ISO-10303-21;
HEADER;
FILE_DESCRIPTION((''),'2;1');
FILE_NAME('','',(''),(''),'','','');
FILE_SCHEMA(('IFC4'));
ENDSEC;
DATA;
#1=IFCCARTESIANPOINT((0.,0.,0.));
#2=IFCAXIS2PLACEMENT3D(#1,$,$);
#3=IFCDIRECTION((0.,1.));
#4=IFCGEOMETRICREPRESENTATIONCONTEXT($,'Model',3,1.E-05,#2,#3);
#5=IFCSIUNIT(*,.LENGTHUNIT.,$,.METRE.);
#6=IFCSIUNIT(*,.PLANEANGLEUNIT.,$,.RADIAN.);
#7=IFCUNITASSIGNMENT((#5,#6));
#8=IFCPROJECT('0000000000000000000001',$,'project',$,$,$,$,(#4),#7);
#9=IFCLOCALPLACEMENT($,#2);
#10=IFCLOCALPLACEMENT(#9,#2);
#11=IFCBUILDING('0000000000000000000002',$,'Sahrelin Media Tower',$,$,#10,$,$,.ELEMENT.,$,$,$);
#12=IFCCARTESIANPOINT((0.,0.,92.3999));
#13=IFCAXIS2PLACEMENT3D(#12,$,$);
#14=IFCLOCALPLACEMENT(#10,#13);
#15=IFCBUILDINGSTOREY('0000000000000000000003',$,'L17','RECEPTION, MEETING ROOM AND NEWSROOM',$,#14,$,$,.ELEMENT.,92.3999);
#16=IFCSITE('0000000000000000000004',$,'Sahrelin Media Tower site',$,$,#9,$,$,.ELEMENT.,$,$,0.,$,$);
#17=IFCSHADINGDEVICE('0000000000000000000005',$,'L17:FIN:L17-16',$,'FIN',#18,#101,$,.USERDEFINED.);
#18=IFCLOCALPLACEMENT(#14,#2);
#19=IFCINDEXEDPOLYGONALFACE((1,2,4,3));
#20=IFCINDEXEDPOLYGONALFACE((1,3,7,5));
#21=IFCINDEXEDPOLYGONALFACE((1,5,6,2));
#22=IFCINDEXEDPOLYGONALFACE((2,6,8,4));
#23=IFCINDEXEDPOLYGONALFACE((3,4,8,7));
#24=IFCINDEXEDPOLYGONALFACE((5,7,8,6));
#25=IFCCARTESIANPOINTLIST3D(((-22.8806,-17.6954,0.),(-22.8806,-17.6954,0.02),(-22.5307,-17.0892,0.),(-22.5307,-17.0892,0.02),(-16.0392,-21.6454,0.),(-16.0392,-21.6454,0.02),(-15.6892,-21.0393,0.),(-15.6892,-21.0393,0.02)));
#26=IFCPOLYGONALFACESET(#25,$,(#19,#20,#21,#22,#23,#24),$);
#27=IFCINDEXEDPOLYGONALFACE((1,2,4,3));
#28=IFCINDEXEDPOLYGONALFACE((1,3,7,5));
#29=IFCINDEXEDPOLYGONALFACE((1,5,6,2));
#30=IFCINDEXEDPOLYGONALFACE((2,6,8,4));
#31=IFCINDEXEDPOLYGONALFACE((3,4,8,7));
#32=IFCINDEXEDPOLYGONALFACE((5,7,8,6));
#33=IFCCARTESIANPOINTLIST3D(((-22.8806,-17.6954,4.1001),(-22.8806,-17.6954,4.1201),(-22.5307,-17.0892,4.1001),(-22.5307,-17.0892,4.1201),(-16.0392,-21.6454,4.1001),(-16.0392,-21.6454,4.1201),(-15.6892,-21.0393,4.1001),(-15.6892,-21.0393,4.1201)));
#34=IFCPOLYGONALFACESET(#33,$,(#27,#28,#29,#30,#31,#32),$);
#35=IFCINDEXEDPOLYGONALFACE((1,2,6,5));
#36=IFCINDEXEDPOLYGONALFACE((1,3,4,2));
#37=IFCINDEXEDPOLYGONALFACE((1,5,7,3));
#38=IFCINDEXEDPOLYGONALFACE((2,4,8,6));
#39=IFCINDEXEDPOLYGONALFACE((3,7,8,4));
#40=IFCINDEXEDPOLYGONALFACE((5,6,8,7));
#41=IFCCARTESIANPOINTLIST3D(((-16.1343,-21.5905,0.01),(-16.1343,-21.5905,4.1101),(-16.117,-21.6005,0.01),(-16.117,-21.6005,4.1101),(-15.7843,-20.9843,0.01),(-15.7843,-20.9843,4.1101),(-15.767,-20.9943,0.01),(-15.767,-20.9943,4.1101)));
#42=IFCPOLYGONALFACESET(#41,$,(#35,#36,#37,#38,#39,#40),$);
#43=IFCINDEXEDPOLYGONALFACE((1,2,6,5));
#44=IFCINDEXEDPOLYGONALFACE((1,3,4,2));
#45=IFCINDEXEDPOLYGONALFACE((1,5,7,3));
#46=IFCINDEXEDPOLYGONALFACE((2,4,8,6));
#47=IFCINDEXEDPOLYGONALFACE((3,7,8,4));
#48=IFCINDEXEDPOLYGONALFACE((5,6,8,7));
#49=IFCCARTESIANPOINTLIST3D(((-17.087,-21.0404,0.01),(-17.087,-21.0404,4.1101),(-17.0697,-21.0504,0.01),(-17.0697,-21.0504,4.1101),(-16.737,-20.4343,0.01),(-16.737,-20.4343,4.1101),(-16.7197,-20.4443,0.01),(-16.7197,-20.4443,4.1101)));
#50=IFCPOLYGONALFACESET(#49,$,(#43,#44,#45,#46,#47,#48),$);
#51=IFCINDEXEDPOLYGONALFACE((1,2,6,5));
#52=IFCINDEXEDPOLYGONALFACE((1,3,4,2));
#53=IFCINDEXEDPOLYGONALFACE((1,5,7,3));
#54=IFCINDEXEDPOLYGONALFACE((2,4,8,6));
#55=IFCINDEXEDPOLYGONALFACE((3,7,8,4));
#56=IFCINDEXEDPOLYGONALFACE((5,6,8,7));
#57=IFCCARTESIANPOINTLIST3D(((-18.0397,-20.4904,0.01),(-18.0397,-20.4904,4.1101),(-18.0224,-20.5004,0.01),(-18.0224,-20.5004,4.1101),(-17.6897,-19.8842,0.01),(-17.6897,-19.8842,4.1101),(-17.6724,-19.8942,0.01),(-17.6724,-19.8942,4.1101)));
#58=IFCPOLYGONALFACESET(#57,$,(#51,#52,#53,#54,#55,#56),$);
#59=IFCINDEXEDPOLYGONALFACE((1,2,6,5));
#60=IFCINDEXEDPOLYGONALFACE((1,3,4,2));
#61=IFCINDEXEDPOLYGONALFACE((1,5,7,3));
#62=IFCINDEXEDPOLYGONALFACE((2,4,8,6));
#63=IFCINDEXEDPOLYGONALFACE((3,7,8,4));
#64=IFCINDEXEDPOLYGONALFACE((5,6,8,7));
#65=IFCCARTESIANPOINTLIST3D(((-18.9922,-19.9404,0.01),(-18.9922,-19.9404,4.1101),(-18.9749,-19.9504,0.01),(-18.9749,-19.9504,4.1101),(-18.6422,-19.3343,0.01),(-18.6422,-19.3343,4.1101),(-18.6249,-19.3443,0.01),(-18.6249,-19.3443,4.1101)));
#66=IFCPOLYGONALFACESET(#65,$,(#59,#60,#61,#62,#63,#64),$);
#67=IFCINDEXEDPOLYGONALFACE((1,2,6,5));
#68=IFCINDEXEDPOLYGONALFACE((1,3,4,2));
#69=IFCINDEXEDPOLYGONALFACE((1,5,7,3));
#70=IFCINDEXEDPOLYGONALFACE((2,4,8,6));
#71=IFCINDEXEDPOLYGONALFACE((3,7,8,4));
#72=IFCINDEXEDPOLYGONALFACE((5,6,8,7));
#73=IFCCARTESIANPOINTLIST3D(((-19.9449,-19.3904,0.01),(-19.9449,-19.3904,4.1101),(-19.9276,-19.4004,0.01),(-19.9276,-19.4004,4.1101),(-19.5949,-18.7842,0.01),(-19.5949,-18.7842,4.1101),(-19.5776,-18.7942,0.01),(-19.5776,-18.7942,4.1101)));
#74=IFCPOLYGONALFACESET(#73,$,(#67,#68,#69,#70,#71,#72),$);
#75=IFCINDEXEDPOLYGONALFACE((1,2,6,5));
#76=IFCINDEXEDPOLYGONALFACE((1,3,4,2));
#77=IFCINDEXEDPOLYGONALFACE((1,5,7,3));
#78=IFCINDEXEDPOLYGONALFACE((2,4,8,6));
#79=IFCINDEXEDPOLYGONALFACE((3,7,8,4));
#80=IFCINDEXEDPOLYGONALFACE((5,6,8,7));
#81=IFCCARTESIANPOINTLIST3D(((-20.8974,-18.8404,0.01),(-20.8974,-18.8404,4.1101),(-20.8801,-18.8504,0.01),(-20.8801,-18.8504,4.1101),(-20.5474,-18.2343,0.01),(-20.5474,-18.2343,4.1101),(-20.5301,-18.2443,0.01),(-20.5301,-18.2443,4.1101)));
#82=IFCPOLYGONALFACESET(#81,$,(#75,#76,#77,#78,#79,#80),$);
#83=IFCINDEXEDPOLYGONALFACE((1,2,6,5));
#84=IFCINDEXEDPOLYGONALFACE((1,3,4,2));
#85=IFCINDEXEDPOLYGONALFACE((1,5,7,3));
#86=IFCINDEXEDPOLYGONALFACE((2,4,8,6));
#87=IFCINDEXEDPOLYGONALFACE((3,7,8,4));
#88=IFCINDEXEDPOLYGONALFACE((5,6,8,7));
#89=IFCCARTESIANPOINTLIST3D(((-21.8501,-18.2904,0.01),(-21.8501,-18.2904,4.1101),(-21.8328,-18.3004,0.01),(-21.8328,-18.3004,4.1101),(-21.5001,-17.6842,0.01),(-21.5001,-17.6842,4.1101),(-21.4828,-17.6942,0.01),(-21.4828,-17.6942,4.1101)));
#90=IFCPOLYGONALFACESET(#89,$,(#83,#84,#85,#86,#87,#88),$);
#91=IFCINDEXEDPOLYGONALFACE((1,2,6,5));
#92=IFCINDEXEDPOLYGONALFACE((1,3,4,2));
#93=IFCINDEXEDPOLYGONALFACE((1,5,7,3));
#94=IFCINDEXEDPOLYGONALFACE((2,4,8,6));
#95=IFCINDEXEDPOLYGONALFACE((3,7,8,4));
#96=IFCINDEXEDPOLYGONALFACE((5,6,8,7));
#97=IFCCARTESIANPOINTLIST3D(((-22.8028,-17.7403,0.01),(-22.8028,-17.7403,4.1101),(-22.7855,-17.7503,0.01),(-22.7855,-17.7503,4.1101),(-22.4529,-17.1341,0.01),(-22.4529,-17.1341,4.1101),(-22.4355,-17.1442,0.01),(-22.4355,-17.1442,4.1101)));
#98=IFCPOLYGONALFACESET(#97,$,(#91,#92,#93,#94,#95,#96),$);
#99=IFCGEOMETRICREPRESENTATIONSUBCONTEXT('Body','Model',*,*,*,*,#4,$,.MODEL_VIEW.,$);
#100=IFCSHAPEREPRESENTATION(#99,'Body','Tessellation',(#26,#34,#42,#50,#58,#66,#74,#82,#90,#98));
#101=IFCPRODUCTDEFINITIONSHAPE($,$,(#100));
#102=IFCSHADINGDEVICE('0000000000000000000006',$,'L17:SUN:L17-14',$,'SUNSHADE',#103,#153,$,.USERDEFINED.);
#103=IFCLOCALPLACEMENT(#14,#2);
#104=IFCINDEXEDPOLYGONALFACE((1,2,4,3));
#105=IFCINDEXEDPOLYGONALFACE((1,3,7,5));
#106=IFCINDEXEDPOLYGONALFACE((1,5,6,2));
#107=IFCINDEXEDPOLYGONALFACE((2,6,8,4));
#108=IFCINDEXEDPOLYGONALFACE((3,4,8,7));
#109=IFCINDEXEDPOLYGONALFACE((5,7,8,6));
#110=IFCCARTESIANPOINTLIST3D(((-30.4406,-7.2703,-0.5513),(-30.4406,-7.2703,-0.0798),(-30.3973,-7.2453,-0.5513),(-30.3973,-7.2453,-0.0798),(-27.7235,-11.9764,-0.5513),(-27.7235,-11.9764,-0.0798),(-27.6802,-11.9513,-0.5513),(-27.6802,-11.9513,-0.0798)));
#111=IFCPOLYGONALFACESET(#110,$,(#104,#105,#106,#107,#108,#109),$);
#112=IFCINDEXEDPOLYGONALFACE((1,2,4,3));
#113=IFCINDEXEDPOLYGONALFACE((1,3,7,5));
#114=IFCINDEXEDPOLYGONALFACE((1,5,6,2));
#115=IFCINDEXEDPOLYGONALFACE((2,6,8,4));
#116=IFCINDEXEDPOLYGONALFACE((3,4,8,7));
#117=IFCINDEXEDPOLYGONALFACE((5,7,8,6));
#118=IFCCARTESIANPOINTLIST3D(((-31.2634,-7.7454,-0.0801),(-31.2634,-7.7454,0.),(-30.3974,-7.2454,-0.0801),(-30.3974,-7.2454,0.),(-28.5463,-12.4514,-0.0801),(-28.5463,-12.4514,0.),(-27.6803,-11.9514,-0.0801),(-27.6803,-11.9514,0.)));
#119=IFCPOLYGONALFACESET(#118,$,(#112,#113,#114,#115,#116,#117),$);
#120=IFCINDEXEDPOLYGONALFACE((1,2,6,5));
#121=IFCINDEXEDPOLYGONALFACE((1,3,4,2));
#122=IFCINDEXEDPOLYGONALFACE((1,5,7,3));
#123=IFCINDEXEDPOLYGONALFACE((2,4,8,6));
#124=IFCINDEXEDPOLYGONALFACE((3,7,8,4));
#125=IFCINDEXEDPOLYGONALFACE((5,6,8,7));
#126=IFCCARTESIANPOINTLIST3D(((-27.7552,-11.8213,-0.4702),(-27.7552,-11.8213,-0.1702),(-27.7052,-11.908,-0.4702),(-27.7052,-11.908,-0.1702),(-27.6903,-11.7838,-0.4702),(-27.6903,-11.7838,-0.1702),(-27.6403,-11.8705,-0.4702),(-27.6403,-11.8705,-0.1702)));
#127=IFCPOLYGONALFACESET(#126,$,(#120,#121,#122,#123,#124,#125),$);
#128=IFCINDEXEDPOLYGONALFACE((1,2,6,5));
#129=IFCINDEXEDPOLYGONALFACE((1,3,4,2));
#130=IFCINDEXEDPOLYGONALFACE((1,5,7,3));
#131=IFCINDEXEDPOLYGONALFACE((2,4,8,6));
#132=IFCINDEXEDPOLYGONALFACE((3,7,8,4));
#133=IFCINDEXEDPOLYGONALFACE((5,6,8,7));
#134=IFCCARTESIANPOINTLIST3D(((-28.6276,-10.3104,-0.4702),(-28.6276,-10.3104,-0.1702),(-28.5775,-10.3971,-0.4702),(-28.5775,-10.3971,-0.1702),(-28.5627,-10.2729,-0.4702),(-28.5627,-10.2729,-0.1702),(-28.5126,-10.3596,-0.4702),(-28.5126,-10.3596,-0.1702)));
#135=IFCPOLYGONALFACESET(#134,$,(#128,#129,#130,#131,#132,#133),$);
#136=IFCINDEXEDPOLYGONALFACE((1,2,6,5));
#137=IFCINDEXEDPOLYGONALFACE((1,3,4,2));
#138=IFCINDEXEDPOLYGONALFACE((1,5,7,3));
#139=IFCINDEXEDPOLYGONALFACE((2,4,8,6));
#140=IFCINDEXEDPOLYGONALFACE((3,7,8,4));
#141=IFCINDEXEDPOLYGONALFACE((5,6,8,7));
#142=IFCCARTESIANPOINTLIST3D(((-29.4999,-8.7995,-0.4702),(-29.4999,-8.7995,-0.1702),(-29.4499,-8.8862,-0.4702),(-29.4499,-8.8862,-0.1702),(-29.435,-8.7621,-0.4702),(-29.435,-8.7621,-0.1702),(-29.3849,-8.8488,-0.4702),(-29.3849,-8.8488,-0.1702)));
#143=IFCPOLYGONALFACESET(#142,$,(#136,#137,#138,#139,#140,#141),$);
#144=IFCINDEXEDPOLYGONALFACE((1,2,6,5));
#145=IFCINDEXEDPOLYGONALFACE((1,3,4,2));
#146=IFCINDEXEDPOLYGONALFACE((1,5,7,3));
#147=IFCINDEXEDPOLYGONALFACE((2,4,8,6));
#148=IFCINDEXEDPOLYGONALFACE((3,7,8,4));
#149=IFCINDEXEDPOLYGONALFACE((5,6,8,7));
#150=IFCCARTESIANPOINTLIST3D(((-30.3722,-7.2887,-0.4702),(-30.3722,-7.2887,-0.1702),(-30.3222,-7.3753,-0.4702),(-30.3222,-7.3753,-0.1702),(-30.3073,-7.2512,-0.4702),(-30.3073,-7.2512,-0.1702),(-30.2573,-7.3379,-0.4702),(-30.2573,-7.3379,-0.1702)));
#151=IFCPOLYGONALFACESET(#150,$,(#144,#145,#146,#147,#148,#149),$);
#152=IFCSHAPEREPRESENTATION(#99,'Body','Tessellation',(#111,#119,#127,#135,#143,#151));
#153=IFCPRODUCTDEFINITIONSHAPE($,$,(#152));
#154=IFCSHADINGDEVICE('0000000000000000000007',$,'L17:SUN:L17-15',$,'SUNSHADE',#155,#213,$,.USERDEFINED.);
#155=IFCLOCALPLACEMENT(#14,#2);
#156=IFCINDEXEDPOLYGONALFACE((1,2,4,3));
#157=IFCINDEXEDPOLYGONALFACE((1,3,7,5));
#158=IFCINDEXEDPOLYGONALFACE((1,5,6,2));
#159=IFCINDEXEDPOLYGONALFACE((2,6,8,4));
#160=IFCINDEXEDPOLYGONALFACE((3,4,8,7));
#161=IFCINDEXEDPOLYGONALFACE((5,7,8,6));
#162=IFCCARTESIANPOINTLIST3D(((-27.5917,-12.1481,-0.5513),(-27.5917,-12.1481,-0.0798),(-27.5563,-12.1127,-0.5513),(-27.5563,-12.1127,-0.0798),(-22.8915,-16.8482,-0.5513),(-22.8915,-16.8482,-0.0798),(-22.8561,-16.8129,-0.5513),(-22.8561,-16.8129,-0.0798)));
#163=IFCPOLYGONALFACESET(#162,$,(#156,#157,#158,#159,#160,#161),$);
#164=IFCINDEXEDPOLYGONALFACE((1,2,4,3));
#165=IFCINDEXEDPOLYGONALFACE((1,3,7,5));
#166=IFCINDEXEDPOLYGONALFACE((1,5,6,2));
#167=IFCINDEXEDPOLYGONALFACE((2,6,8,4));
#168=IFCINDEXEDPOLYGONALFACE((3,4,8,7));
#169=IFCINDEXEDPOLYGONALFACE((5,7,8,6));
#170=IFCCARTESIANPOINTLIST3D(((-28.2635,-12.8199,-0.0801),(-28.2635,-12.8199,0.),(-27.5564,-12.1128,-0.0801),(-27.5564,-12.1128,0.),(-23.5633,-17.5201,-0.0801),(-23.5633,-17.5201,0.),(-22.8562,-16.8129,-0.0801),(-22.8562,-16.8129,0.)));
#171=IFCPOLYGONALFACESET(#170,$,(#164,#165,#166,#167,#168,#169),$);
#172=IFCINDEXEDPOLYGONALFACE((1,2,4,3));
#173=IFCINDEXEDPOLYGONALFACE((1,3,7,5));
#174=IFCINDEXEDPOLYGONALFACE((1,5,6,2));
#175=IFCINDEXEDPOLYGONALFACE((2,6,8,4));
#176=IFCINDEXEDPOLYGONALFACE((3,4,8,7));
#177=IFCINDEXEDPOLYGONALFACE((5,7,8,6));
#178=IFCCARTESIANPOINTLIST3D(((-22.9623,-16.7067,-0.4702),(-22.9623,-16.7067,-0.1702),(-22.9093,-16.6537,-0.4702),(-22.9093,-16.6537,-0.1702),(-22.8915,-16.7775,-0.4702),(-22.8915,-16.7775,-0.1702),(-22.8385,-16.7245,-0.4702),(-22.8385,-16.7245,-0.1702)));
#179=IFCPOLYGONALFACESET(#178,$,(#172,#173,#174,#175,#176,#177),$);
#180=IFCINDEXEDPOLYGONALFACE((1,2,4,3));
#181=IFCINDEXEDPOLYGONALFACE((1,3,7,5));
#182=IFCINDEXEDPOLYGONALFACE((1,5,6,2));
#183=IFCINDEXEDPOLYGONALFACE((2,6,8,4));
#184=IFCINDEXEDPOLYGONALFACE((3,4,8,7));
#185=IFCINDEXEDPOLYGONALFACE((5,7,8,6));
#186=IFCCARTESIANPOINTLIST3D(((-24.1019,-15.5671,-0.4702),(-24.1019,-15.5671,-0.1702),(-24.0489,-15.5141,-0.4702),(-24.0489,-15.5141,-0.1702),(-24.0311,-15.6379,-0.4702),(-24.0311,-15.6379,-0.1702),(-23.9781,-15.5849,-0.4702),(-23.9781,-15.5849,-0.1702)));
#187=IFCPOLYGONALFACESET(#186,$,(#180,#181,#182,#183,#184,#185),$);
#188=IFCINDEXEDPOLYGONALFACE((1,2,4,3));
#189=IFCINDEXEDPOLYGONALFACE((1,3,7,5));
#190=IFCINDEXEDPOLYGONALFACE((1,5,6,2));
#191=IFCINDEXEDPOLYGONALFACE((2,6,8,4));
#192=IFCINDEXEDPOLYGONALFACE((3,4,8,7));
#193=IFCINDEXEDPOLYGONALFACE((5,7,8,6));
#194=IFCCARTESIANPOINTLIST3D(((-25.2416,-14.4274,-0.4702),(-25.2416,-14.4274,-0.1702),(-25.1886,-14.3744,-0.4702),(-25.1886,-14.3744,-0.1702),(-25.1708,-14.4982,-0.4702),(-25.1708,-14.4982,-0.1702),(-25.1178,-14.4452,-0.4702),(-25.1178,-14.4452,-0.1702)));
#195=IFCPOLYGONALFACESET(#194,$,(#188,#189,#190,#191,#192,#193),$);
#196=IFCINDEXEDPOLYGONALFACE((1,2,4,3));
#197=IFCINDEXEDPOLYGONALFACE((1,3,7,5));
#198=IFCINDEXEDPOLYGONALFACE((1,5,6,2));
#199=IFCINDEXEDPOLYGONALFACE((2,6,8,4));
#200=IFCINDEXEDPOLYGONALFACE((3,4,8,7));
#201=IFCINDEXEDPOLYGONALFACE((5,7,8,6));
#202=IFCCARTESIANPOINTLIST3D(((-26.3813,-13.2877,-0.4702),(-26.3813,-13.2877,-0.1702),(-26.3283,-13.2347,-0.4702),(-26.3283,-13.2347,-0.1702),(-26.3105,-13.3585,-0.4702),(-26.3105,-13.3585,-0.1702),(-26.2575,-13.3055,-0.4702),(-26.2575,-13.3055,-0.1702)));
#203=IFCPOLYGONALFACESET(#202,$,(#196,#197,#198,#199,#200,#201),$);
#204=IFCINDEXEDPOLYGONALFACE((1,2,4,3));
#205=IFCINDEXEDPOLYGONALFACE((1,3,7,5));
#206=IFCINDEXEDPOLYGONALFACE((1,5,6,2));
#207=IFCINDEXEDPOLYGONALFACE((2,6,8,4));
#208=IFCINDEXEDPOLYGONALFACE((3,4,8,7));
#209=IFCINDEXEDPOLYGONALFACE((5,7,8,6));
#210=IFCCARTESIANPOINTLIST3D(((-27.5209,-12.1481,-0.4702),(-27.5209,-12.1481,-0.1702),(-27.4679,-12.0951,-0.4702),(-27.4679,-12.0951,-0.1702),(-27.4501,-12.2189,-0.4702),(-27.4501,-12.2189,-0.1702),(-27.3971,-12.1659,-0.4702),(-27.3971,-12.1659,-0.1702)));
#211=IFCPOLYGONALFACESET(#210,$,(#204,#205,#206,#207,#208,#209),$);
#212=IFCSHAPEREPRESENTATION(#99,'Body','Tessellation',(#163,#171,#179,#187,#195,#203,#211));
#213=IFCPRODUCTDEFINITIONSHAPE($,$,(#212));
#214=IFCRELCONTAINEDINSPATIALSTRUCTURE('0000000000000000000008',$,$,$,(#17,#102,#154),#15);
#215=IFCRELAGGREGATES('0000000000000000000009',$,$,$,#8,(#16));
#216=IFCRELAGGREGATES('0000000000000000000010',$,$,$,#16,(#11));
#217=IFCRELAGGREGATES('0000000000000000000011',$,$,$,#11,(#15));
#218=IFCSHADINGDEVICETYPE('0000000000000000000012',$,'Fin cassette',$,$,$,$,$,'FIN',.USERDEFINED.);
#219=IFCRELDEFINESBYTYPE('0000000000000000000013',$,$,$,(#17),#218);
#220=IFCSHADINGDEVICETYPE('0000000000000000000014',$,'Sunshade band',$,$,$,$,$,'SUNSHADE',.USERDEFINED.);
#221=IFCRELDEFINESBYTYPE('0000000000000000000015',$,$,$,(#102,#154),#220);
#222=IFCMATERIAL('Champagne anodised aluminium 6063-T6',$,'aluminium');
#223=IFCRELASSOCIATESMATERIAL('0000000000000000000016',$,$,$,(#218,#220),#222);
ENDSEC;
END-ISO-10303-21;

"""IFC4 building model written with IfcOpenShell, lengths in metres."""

from ifc_helpers import new_model, si_unit, direction, frame, origin, origin_2d, place, context, subcontext, project, spatial, rectangle, extrude, material, type_object, element, save


model = new_model("IFC4")

# Units and contexts
model_context = context("Model", 3, precision=1e-05, world=origin(), true_north=direction((0.0, 1.0)))
body_context = subcontext(model_context, "Body", "Model", "MODEL_VIEW")
ifc_project = project(units=[si_unit("LENGTHUNIT", "METRE"), si_unit("PLANEANGLEUNIT", "RADIAN")], contexts=[model_context])

# Site, building, storey
site_placement = place(None, origin())
site = spatial("IfcSite", under=ifc_project, at=site_placement, Name="Sahrelin Media Tower site", CompositionType="ELEMENT", RefElevation=0.0)
building_placement = place(site_placement, origin())
building = spatial("IfcBuilding", under=site, at=building_placement, Name="Sahrelin Media Tower", CompositionType="ELEMENT")
storey_placement = place(building_placement, frame((0.0, 0.0, 92.3999)))
storey = spatial("IfcBuildingStorey", under=building, at=storey_placement, Name="L17", Description="RECEPTION, MEETING ROOM AND NEWSROOM", CompositionType="ELEMENT", Elevation=92.3999)

# Shared definitions
ifc_material_1 = material(Name="Champagne anodised aluminium 6063-T6", Category="aluminium")

# Shading devices
shading_device_type_1 = type_object("IfcShadingDeviceType", Name="Fin cassette", ElementType="FIN", PredefinedType="USERDEFINED", material=ifc_material_1)
placement_1 = place(storey_placement, frame((-29.0215, -9.5884, 0.0), z_axis=(0.0, 0.0, 1.0), x_axis=(-0.500011, 0.866019, 0.0)))
placement_2 = place(storey_placement, frame((-25.1921, -14.4487, 0.0), z_axis=(0.0, 0.0, 1.0), x_axis=(-0.707107, 0.707107, 0.0)))
placement_3 = place(storey_placement, frame((-19.075, -19.0037, 0.0), z_axis=(0.0, 0.0, 1.0), x_axis=(-0.866019, 0.500011, 0.0)))
element("IfcShadingDevice", 1, at=placement_3, inside=storey, type_object=shading_device_type_1, Name="L17:FIN:L17-16", ObjectType="FIN", PredefinedType="USERDEFINED", context=body_context, shape_type="SweptSolid", body=[
    extrude(rectangle(XDim=7.8999, YDim=0.7, at=origin_2d()), frame((0.0, 0.4199, 0.0)), (0.0, 0.0, 1.0), 0.02),
    extrude(rectangle(XDim=7.8999, YDim=0.7, at=origin_2d()), frame((0.0, 0.4199, 4.1001)), (0.0, 0.0, 1.0), 0.02),
    extrude(rectangle(XDim=0.02, YDim=0.7, at=origin_2d()), frame((-3.8501, 0.4199, 0.01), z_axis=(0.0, 0.0, 1.0), x_axis=(1.0, 0.0, 0.0)), (0.0, 0.0, 1.0), 4.1001),
    extrude(rectangle(XDim=0.02, YDim=0.7, at=origin_2d()), frame((-2.75, 0.4199, 0.01), z_axis=(0.0, 0.0, 1.0), x_axis=(1.0, 0.0, 0.0)), (0.0, 0.0, 1.0), 4.1001),
    extrude(rectangle(XDim=0.02, YDim=0.7, at=origin_2d()), frame((-1.6499, 0.4199, 0.01), z_axis=(0.0, 0.0, 1.0), x_axis=(1.0, 0.0, 0.0)), (0.0, 0.0, 1.0), 4.1001),
    extrude(rectangle(XDim=0.02, YDim=0.7, at=origin_2d()), frame((-0.55, 0.4199, 0.01), z_axis=(0.0, 0.0, 1.0), x_axis=(1.0, 0.0, 0.0)), (0.0, 0.0, 1.0), 4.1001),
    extrude(rectangle(XDim=0.02, YDim=0.7, at=origin_2d()), frame((0.55, 0.4199, 0.01), z_axis=(0.0, 0.0, 1.0), x_axis=(1.0, 0.0, 0.0)), (0.0, 0.0, 1.0), 4.1001),
    extrude(rectangle(XDim=0.02, YDim=0.7, at=origin_2d()), frame((1.6499, 0.4199, 0.01), z_axis=(0.0, 0.0, 1.0), x_axis=(1.0, 0.0, 0.0)), (0.0, 0.0, 1.0), 4.1001),
    extrude(rectangle(XDim=0.02, YDim=0.7, at=origin_2d()), frame((2.75, 0.4199, 0.01), z_axis=(0.0, 0.0, 1.0), x_axis=(1.0, 0.0, 0.0)), (0.0, 0.0, 1.0), 4.1001),
    extrude(rectangle(XDim=0.02, YDim=0.7, at=origin_2d()), frame((3.8501, 0.4199, 0.01), z_axis=(0.0, 0.0, 1.0), x_axis=(1.0, 0.0, 0.0)), (0.0, 0.0, 1.0), 4.1001),
])
shading_device_type_2 = type_object("IfcShadingDeviceType", Name="Sunshade band", ElementType="SUNSHADE", PredefinedType="USERDEFINED", material=ifc_material_1)
element("IfcShadingDevice", 2, at=placement_1, inside=storey, type_object=shading_device_type_2, Name="L17:SUN:L17-14", ObjectType="SUNSHADE", PredefinedType="USERDEFINED", context=body_context, shape_type="SweptSolid", body=[
    extrude(rectangle(XDim=5.4341, YDim=0.05, at=origin_2d()), frame((0.0, 0.0449, -0.5513)), (0.0, 0.0, 1.0), 0.4714),
    extrude(rectangle(XDim=5.4341, YDim=1.0, at=origin_2d()), frame((0.0, 0.52, -0.0801)), (0.0, 0.0, 1.0), 0.0801),
    extrude(rectangle(XDim=0.1001, YDim=0.075, at=origin_2d()), frame((-2.6169, -0.0176, -0.4702)), (0.0, 0.0, 1.0), 0.3),
    extrude(rectangle(XDim=0.1001, YDim=0.075, at=origin_2d()), frame((-0.8723, -0.0176, -0.4702)), (0.0, 0.0, 1.0), 0.3),
    extrude(rectangle(XDim=0.1001, YDim=0.075, at=origin_2d()), frame((0.8723, -0.0176, -0.4702)), (0.0, 0.0, 1.0), 0.3),
    extrude(rectangle(XDim=0.1001, YDim=0.075, at=origin_2d()), frame((2.6169, -0.0176, -0.4702)), (0.0, 0.0, 1.0), 0.3),
])
element("IfcShadingDevice", 3, at=placement_2, inside=storey, type_object=shading_device_type_2, Name="L17:SUN:L17-15", ObjectType="SUNSHADE", PredefinedType="USERDEFINED", context=body_context, shape_type="SweptSolid", body=[
    extrude(rectangle(XDim=6.647, YDim=0.05, at=origin_2d()), frame((0.0, 0.0449, -0.5513)), (0.0, 0.0, 1.0), 0.4714),
    extrude(rectangle(XDim=6.647, YDim=1.0, at=origin_2d()), frame((0.0, 0.52, -0.0801)), (0.0, 0.0, 1.0), 0.0801),
    extrude(rectangle(XDim=0.1001, YDim=0.075, at=origin_2d()), frame((-3.2234, -0.0176, -0.4702)), (0.0, 0.0, 1.0), 0.3),
    extrude(rectangle(XDim=0.1001, YDim=0.075, at=origin_2d()), frame((-1.6118, -0.0176, -0.4702)), (0.0, 0.0, 1.0), 0.3),
    extrude(rectangle(XDim=0.1001, YDim=0.075, at=origin_2d()), frame((0.0, -0.0176, -0.4702)), (0.0, 0.0, 1.0), 0.3),
    extrude(rectangle(XDim=0.1001, YDim=0.075, at=origin_2d()), frame((1.6118, -0.0176, -0.4702)), (0.0, 0.0, 1.0), 0.3),
    extrude(rectangle(XDim=0.1001, YDim=0.075, at=origin_2d()), frame((3.2234, -0.0176, -0.4702)), (0.0, 0.0, 1.0), 0.3),
])

save(model, "model.ifc")
